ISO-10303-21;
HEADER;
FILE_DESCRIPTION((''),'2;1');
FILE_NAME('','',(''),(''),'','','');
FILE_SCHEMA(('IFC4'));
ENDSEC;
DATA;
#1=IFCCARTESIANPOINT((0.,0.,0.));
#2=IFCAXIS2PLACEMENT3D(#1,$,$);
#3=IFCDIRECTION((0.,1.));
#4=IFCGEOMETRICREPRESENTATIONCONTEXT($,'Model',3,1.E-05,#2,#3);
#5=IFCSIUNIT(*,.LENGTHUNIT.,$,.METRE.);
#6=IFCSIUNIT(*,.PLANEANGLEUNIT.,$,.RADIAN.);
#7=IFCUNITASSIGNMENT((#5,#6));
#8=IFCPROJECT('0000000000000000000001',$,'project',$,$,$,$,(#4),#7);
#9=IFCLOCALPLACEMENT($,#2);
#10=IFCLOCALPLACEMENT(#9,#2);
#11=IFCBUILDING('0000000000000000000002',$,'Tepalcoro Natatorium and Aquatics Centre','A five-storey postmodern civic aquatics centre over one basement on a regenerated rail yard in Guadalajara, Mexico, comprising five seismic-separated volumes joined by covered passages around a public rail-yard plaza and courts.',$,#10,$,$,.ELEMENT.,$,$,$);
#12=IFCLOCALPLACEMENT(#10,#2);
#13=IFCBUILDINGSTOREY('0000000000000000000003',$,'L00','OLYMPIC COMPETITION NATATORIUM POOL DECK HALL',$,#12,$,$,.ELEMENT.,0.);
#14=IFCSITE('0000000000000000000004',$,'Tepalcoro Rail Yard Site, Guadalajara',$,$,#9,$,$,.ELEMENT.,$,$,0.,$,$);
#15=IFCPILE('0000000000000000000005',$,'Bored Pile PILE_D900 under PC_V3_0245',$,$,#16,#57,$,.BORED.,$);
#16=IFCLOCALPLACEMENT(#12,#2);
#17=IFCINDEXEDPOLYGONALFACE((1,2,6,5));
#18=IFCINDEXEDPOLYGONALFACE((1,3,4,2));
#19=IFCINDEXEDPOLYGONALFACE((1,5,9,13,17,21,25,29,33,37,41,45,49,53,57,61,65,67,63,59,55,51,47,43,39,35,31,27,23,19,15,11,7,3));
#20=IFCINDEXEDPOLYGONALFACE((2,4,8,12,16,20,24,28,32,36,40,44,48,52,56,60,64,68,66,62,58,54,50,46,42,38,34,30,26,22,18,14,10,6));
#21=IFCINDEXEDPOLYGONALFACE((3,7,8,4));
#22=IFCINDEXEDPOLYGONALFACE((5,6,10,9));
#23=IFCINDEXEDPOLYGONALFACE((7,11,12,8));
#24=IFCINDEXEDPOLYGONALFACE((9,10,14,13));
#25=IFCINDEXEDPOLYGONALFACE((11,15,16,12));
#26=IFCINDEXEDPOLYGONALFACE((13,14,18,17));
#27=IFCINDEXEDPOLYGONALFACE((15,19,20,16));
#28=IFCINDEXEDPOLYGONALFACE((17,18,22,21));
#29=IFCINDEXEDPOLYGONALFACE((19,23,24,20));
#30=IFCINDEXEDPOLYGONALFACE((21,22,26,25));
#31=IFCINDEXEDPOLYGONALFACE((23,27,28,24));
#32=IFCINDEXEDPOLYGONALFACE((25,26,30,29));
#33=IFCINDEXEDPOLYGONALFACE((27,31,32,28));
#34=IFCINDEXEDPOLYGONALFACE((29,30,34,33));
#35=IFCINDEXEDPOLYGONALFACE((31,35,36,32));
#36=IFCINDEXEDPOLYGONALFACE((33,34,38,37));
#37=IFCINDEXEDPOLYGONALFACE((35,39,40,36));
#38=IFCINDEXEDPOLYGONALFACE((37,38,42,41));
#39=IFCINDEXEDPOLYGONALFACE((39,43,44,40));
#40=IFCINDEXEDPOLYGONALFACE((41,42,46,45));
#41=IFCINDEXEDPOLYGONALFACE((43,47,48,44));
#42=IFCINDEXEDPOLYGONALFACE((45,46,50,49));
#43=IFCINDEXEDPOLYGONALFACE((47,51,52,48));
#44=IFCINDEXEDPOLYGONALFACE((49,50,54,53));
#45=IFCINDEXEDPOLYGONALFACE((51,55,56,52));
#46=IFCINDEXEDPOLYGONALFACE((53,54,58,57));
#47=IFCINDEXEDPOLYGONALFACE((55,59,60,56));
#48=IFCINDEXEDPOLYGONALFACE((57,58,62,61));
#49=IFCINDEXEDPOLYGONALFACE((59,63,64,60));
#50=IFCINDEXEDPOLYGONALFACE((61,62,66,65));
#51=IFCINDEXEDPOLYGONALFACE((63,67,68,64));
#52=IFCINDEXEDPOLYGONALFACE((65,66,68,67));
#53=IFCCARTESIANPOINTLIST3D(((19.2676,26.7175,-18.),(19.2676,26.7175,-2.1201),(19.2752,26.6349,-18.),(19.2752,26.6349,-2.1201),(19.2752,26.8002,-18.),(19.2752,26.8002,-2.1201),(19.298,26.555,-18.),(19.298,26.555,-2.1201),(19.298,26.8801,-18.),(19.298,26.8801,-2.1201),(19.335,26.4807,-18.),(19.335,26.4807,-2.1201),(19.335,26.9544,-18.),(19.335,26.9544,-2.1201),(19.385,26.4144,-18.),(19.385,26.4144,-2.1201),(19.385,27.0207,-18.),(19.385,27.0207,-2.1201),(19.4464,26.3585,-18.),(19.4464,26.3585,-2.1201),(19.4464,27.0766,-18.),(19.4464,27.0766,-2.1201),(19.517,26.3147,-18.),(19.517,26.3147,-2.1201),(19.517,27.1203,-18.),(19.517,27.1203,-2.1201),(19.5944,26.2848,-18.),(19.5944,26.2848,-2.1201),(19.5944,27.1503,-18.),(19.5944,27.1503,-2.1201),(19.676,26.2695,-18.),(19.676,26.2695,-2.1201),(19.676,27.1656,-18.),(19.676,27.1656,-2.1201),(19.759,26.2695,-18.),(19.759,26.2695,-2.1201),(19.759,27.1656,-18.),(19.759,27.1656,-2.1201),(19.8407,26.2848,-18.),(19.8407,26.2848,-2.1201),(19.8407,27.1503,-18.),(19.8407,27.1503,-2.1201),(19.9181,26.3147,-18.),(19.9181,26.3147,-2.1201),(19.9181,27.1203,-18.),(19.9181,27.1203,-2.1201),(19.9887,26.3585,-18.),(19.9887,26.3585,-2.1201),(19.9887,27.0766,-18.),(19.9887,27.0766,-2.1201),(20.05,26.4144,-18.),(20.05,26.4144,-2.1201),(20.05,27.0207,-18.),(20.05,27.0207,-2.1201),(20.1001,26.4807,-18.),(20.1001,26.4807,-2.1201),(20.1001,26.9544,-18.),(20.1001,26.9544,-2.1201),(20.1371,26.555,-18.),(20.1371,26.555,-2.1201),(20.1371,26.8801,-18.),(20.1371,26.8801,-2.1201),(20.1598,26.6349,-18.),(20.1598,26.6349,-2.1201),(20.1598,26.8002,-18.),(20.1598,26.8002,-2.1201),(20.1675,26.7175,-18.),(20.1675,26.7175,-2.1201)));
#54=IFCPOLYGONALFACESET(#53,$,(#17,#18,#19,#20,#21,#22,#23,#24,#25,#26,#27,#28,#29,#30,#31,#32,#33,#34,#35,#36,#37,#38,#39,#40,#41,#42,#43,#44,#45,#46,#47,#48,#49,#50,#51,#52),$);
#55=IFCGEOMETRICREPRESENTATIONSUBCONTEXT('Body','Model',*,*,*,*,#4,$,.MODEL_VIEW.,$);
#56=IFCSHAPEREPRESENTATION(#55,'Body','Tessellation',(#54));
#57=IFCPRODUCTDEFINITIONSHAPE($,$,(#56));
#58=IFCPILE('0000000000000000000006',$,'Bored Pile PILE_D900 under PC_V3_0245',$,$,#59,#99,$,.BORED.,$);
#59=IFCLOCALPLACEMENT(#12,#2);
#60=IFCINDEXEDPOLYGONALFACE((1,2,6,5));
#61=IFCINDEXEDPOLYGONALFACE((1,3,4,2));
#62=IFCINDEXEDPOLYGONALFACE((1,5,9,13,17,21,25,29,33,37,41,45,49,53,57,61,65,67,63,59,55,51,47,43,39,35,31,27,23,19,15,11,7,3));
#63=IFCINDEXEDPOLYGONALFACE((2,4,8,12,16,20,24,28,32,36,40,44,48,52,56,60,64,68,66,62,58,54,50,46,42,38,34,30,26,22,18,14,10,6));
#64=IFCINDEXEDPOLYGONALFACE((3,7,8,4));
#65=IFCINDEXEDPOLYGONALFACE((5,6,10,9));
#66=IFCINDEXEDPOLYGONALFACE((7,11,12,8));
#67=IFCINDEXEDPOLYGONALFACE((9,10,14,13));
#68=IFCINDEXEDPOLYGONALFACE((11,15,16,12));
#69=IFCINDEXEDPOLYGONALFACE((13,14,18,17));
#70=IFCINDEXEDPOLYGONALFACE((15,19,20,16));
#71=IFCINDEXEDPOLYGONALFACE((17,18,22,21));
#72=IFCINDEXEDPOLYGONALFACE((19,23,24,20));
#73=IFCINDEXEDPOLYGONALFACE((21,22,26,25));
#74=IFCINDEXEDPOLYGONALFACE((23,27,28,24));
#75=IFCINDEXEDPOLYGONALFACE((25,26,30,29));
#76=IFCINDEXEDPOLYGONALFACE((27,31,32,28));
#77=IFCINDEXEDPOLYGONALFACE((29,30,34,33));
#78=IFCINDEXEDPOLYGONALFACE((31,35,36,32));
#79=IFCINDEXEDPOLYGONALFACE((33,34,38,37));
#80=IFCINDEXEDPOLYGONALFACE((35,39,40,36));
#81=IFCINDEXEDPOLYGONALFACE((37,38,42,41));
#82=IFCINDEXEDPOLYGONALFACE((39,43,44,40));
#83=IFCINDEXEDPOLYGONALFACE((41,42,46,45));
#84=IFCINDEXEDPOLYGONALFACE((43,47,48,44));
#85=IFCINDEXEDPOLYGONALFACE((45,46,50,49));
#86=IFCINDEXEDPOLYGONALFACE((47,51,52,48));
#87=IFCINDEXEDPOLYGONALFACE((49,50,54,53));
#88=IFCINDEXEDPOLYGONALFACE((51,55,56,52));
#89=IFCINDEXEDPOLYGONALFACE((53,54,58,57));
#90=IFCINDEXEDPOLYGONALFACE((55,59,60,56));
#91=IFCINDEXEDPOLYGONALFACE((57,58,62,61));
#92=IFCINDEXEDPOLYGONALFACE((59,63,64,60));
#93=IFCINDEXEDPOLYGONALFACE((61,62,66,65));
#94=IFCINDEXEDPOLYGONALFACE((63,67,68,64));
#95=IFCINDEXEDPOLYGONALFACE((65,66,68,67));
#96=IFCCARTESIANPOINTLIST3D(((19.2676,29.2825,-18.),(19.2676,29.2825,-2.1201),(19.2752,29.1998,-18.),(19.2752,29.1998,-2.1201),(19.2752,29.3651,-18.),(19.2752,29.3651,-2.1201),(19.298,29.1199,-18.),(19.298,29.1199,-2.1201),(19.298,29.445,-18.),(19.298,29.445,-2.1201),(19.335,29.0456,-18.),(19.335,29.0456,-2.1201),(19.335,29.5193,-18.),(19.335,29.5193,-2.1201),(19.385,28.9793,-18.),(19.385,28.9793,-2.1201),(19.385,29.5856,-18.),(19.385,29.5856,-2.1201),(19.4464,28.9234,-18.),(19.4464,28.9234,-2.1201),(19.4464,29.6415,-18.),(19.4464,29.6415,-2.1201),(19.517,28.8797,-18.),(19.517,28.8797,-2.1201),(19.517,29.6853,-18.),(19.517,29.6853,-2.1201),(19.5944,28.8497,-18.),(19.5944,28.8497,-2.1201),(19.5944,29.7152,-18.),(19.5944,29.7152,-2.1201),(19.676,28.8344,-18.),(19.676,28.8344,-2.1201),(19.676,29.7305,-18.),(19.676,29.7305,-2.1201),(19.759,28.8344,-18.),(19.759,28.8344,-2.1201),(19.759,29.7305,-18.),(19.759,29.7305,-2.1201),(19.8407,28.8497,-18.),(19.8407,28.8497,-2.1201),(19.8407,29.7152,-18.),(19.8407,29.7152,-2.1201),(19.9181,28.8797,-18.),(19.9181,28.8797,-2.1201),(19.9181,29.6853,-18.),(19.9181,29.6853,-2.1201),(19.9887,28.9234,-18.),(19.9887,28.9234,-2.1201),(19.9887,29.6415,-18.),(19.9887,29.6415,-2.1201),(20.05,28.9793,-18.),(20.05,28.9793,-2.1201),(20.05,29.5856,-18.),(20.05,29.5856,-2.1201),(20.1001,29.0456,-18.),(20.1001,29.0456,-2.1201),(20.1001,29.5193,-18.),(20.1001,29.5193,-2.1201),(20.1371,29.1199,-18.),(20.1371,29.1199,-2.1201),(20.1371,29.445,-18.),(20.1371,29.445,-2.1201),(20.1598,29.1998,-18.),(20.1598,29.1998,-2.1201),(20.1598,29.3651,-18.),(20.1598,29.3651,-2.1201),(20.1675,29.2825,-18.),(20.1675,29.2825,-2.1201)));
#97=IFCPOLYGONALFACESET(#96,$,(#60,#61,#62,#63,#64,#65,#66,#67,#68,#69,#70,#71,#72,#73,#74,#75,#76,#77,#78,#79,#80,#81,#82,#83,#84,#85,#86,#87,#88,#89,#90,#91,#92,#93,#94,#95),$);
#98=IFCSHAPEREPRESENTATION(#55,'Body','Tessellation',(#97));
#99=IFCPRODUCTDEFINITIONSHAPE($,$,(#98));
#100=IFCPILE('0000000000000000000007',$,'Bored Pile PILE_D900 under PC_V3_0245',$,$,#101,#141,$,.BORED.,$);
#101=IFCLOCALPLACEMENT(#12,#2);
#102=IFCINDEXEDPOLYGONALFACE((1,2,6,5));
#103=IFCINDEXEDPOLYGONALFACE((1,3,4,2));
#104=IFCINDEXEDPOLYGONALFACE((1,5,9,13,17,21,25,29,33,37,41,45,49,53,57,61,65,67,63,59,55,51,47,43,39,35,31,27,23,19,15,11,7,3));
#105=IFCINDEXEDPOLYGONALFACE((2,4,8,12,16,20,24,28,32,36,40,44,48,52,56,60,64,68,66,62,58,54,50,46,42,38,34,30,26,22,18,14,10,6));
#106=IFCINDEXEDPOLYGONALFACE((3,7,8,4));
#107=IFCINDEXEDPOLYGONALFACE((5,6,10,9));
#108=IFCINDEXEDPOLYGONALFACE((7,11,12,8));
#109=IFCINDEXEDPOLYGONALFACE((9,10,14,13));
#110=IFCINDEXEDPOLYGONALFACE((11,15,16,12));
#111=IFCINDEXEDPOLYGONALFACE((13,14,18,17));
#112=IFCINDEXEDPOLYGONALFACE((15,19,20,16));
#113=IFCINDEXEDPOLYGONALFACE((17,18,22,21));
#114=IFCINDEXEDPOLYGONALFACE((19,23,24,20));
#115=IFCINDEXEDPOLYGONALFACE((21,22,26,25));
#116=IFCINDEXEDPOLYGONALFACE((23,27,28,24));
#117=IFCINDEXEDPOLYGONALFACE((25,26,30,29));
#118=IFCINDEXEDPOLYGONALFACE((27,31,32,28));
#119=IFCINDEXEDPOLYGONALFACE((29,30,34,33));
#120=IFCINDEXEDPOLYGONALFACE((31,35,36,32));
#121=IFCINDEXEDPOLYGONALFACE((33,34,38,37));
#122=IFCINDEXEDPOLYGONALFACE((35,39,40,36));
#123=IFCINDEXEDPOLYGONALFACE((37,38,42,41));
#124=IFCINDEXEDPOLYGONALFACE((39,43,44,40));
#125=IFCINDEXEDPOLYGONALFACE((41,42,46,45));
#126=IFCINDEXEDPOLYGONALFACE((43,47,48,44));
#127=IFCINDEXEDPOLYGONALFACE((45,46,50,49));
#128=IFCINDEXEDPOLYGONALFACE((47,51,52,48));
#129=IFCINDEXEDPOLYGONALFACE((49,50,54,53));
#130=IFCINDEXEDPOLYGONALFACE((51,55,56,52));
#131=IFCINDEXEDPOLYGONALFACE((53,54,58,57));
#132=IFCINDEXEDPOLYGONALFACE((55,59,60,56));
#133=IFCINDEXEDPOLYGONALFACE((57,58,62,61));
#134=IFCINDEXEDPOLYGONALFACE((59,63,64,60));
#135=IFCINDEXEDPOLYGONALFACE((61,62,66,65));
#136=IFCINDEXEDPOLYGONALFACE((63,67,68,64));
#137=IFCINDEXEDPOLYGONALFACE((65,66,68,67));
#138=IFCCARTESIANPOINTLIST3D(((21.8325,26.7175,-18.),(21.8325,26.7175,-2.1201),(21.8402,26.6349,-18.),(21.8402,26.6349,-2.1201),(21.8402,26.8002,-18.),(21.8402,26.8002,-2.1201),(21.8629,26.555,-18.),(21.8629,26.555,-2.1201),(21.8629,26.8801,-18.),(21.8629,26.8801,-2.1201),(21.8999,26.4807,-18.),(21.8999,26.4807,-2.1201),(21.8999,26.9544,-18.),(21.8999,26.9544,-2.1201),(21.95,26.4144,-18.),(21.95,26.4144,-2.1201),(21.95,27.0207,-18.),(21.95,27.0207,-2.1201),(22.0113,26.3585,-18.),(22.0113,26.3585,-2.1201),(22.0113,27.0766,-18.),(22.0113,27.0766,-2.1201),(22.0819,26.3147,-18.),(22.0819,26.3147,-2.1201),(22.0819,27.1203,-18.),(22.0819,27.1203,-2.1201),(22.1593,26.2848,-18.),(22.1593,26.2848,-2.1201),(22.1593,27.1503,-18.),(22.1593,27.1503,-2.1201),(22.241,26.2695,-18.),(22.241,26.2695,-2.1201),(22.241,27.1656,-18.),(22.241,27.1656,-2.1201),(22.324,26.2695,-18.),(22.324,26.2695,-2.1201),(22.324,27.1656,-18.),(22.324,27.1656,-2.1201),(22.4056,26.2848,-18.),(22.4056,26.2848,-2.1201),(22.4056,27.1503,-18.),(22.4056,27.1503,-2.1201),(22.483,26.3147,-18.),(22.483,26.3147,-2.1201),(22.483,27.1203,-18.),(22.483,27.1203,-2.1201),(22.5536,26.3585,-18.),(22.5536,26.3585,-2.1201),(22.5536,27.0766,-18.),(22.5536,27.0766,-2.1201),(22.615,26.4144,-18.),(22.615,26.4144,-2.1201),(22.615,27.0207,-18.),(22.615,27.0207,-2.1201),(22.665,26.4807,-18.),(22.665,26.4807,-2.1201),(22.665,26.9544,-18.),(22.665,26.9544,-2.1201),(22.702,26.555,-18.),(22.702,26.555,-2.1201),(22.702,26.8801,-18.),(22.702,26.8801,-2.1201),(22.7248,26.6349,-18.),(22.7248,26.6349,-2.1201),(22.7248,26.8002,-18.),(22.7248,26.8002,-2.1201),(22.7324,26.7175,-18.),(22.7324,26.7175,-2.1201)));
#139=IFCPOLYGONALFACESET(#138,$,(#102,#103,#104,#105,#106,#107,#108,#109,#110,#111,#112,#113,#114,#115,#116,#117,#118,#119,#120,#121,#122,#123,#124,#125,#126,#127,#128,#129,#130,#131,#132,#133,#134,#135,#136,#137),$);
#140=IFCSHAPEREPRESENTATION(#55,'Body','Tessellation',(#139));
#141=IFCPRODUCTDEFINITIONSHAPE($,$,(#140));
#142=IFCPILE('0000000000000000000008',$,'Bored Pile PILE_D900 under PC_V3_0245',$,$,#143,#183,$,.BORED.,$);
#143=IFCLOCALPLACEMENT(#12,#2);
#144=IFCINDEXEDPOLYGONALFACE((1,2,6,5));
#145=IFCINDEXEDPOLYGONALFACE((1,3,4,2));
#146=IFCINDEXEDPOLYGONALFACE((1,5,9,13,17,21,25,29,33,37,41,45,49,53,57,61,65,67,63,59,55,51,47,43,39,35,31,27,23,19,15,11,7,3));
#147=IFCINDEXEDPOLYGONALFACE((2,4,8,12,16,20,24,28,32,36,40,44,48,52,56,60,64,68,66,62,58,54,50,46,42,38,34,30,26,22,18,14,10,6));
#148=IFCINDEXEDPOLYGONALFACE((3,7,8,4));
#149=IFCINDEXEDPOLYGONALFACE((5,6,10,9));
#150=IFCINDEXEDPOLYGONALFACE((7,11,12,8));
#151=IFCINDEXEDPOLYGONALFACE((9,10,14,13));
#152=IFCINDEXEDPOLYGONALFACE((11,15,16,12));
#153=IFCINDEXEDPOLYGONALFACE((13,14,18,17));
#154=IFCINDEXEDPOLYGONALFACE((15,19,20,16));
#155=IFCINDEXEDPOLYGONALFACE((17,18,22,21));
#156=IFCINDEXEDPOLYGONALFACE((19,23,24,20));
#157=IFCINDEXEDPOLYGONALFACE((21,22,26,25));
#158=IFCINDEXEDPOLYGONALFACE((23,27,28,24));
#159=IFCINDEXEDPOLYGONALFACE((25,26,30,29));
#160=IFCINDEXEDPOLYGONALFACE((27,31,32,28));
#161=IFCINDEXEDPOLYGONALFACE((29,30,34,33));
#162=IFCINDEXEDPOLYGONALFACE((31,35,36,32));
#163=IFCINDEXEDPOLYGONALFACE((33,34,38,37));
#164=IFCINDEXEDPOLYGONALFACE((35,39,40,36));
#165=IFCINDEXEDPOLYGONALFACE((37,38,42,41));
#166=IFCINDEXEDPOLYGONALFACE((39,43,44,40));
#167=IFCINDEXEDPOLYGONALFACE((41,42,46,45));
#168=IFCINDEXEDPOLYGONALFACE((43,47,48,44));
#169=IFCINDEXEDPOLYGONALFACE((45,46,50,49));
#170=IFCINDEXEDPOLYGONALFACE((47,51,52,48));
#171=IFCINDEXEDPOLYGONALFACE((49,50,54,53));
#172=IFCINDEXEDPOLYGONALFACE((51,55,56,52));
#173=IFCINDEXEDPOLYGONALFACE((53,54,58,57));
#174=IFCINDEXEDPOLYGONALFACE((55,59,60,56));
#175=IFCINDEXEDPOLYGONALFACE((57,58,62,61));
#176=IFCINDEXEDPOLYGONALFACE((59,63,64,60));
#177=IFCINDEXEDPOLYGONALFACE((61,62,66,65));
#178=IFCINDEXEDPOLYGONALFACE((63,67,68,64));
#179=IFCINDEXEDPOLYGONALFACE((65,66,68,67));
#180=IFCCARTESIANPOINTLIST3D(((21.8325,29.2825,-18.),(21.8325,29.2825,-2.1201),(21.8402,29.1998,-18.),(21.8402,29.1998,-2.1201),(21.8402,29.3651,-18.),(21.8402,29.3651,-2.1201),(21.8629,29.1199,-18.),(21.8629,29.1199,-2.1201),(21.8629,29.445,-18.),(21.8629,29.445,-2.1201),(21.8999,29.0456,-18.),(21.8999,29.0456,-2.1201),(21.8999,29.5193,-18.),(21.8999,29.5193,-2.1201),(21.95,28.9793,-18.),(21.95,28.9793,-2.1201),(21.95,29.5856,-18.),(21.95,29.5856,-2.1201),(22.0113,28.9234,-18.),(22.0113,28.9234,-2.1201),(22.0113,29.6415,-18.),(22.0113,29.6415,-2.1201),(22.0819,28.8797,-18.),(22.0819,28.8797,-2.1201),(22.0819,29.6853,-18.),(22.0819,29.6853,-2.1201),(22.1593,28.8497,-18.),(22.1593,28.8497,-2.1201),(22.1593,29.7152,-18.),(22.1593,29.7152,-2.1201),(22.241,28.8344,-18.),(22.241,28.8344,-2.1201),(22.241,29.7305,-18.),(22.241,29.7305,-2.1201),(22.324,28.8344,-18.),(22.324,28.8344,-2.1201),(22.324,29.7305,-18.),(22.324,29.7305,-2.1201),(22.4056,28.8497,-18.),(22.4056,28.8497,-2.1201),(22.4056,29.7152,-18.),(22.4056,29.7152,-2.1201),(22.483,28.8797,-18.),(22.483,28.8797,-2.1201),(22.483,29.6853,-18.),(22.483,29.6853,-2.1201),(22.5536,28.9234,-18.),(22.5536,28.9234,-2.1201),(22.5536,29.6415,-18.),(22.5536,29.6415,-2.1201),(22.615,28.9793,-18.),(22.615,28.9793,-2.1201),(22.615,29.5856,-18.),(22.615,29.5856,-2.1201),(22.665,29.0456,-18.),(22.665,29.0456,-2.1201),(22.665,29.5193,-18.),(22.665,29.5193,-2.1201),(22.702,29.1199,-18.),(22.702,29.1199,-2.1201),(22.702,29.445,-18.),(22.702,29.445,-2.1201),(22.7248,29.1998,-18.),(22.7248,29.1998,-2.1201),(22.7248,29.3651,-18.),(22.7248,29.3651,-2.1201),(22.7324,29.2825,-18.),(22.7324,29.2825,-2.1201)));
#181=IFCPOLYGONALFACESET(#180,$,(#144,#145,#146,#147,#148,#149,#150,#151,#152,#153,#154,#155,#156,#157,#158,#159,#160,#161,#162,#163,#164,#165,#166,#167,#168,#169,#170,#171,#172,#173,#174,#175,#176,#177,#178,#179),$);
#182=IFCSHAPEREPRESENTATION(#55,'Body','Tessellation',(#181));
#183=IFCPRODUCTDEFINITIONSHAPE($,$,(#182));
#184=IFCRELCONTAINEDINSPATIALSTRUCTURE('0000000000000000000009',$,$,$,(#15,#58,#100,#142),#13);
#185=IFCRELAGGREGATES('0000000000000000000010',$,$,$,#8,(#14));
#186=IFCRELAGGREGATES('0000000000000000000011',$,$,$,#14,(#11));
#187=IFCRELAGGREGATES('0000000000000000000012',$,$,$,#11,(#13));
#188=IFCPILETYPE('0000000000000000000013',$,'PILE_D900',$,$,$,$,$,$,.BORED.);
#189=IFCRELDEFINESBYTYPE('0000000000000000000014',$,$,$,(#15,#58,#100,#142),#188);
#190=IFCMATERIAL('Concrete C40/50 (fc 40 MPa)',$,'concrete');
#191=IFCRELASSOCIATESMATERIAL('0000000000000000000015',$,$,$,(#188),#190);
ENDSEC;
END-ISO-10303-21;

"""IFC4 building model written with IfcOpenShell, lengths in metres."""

from ifc_helpers import new_model, si_unit, direction, frame, origin, origin_2d, place, context, subcontext, project, spatial, circle, extrude, material, material_profile, profile_set, type_object, element, save


model = new_model("IFC4")

# Units and contexts
model_context = context("Model", 3, precision=1e-05, world=origin(), true_north=direction((0.0, 1.0)))
body_context = subcontext(model_context, "Body", "Model", "MODEL_VIEW")
ifc_project = project(units=[si_unit("LENGTHUNIT", "METRE"), si_unit("PLANEANGLEUNIT", "RADIAN")], contexts=[model_context])

# Site, building, storey
site_placement = place(None, origin())
site = spatial("IfcSite", under=ifc_project, at=site_placement, Name="Tepalcoro Rail Yard Site, Guadalajara", CompositionType="ELEMENT", RefElevation=0.0)
building_placement = place(site_placement, origin())
building = spatial("IfcBuilding", under=site, at=building_placement, Name="Tepalcoro Natatorium and Aquatics Centre", Description="A five-storey postmodern civic aquatics centre over one basement on a regenerated rail yard in Guadalajara, Mexico, comprising five seismic-separated volumes joined by covered passages around a public rail-yard plaza and courts.", CompositionType="ELEMENT")
storey_placement = place(building_placement, origin())
storey = spatial("IfcBuildingStorey", under=building, at=storey_placement, Name="L00", Description="OLYMPIC COMPETITION NATATORIUM POOL DECK HALL", CompositionType="ELEMENT", Elevation=0.0)

# Piles
ifc_material_1 = material(Name="Concrete C40/50 (fc 40 MPa)", Category="concrete")
ifc_material_profile_1 = material_profile(ifc_material_1, circle(Radius=0.45, at=origin_2d()), Name="PILE_D900")
ifc_profile_set_1 = profile_set([ifc_material_profile_1], Name="Concrete C40/50 (fc 40 MPa)")
pile_type_1 = type_object("IfcPileType", Name="PILE_D900", PredefinedType="BORED", material=ifc_profile_set_1)
for number, where, z_axis, x_axis, name in (
    (1, (19.7175, 26.7175, -2.1201), (0.0, 0.0, -1.0), (1.0, 0.0, 0.0), "Bored Pile PILE_D900 under PC_V3_0245"),
    (2, (19.7175, 29.2825, -2.1201), (0.0, 0.0, -1.0), (1.0, 0.0, 0.0), "Bored Pile PILE_D900 under PC_V3_0245"),
    (3, (22.2825, 26.7175, -2.1201), (0.0, 0.0, -1.0), (1.0, 0.0, 0.0), "Bored Pile PILE_D900 under PC_V3_0245"),
    (4, (22.2825, 29.2825, -2.1201), (0.0, 0.0, -1.0), (1.0, 0.0, 0.0), "Bored Pile PILE_D900 under PC_V3_0245"),
):
    element("IfcPile", number, at=place(storey_placement, frame(where, z_axis=z_axis, x_axis=x_axis)), inside=storey, type_object=pile_type_1, Name=name, PredefinedType="BORED", context=body_context, shape_type="SweptSolid", body=[
        extrude(circle(Radius=0.45, at=origin_2d()), origin(), (0.0, 0.0, 1.0), 15.8799),
    ])

save(model, "model.ifc")
